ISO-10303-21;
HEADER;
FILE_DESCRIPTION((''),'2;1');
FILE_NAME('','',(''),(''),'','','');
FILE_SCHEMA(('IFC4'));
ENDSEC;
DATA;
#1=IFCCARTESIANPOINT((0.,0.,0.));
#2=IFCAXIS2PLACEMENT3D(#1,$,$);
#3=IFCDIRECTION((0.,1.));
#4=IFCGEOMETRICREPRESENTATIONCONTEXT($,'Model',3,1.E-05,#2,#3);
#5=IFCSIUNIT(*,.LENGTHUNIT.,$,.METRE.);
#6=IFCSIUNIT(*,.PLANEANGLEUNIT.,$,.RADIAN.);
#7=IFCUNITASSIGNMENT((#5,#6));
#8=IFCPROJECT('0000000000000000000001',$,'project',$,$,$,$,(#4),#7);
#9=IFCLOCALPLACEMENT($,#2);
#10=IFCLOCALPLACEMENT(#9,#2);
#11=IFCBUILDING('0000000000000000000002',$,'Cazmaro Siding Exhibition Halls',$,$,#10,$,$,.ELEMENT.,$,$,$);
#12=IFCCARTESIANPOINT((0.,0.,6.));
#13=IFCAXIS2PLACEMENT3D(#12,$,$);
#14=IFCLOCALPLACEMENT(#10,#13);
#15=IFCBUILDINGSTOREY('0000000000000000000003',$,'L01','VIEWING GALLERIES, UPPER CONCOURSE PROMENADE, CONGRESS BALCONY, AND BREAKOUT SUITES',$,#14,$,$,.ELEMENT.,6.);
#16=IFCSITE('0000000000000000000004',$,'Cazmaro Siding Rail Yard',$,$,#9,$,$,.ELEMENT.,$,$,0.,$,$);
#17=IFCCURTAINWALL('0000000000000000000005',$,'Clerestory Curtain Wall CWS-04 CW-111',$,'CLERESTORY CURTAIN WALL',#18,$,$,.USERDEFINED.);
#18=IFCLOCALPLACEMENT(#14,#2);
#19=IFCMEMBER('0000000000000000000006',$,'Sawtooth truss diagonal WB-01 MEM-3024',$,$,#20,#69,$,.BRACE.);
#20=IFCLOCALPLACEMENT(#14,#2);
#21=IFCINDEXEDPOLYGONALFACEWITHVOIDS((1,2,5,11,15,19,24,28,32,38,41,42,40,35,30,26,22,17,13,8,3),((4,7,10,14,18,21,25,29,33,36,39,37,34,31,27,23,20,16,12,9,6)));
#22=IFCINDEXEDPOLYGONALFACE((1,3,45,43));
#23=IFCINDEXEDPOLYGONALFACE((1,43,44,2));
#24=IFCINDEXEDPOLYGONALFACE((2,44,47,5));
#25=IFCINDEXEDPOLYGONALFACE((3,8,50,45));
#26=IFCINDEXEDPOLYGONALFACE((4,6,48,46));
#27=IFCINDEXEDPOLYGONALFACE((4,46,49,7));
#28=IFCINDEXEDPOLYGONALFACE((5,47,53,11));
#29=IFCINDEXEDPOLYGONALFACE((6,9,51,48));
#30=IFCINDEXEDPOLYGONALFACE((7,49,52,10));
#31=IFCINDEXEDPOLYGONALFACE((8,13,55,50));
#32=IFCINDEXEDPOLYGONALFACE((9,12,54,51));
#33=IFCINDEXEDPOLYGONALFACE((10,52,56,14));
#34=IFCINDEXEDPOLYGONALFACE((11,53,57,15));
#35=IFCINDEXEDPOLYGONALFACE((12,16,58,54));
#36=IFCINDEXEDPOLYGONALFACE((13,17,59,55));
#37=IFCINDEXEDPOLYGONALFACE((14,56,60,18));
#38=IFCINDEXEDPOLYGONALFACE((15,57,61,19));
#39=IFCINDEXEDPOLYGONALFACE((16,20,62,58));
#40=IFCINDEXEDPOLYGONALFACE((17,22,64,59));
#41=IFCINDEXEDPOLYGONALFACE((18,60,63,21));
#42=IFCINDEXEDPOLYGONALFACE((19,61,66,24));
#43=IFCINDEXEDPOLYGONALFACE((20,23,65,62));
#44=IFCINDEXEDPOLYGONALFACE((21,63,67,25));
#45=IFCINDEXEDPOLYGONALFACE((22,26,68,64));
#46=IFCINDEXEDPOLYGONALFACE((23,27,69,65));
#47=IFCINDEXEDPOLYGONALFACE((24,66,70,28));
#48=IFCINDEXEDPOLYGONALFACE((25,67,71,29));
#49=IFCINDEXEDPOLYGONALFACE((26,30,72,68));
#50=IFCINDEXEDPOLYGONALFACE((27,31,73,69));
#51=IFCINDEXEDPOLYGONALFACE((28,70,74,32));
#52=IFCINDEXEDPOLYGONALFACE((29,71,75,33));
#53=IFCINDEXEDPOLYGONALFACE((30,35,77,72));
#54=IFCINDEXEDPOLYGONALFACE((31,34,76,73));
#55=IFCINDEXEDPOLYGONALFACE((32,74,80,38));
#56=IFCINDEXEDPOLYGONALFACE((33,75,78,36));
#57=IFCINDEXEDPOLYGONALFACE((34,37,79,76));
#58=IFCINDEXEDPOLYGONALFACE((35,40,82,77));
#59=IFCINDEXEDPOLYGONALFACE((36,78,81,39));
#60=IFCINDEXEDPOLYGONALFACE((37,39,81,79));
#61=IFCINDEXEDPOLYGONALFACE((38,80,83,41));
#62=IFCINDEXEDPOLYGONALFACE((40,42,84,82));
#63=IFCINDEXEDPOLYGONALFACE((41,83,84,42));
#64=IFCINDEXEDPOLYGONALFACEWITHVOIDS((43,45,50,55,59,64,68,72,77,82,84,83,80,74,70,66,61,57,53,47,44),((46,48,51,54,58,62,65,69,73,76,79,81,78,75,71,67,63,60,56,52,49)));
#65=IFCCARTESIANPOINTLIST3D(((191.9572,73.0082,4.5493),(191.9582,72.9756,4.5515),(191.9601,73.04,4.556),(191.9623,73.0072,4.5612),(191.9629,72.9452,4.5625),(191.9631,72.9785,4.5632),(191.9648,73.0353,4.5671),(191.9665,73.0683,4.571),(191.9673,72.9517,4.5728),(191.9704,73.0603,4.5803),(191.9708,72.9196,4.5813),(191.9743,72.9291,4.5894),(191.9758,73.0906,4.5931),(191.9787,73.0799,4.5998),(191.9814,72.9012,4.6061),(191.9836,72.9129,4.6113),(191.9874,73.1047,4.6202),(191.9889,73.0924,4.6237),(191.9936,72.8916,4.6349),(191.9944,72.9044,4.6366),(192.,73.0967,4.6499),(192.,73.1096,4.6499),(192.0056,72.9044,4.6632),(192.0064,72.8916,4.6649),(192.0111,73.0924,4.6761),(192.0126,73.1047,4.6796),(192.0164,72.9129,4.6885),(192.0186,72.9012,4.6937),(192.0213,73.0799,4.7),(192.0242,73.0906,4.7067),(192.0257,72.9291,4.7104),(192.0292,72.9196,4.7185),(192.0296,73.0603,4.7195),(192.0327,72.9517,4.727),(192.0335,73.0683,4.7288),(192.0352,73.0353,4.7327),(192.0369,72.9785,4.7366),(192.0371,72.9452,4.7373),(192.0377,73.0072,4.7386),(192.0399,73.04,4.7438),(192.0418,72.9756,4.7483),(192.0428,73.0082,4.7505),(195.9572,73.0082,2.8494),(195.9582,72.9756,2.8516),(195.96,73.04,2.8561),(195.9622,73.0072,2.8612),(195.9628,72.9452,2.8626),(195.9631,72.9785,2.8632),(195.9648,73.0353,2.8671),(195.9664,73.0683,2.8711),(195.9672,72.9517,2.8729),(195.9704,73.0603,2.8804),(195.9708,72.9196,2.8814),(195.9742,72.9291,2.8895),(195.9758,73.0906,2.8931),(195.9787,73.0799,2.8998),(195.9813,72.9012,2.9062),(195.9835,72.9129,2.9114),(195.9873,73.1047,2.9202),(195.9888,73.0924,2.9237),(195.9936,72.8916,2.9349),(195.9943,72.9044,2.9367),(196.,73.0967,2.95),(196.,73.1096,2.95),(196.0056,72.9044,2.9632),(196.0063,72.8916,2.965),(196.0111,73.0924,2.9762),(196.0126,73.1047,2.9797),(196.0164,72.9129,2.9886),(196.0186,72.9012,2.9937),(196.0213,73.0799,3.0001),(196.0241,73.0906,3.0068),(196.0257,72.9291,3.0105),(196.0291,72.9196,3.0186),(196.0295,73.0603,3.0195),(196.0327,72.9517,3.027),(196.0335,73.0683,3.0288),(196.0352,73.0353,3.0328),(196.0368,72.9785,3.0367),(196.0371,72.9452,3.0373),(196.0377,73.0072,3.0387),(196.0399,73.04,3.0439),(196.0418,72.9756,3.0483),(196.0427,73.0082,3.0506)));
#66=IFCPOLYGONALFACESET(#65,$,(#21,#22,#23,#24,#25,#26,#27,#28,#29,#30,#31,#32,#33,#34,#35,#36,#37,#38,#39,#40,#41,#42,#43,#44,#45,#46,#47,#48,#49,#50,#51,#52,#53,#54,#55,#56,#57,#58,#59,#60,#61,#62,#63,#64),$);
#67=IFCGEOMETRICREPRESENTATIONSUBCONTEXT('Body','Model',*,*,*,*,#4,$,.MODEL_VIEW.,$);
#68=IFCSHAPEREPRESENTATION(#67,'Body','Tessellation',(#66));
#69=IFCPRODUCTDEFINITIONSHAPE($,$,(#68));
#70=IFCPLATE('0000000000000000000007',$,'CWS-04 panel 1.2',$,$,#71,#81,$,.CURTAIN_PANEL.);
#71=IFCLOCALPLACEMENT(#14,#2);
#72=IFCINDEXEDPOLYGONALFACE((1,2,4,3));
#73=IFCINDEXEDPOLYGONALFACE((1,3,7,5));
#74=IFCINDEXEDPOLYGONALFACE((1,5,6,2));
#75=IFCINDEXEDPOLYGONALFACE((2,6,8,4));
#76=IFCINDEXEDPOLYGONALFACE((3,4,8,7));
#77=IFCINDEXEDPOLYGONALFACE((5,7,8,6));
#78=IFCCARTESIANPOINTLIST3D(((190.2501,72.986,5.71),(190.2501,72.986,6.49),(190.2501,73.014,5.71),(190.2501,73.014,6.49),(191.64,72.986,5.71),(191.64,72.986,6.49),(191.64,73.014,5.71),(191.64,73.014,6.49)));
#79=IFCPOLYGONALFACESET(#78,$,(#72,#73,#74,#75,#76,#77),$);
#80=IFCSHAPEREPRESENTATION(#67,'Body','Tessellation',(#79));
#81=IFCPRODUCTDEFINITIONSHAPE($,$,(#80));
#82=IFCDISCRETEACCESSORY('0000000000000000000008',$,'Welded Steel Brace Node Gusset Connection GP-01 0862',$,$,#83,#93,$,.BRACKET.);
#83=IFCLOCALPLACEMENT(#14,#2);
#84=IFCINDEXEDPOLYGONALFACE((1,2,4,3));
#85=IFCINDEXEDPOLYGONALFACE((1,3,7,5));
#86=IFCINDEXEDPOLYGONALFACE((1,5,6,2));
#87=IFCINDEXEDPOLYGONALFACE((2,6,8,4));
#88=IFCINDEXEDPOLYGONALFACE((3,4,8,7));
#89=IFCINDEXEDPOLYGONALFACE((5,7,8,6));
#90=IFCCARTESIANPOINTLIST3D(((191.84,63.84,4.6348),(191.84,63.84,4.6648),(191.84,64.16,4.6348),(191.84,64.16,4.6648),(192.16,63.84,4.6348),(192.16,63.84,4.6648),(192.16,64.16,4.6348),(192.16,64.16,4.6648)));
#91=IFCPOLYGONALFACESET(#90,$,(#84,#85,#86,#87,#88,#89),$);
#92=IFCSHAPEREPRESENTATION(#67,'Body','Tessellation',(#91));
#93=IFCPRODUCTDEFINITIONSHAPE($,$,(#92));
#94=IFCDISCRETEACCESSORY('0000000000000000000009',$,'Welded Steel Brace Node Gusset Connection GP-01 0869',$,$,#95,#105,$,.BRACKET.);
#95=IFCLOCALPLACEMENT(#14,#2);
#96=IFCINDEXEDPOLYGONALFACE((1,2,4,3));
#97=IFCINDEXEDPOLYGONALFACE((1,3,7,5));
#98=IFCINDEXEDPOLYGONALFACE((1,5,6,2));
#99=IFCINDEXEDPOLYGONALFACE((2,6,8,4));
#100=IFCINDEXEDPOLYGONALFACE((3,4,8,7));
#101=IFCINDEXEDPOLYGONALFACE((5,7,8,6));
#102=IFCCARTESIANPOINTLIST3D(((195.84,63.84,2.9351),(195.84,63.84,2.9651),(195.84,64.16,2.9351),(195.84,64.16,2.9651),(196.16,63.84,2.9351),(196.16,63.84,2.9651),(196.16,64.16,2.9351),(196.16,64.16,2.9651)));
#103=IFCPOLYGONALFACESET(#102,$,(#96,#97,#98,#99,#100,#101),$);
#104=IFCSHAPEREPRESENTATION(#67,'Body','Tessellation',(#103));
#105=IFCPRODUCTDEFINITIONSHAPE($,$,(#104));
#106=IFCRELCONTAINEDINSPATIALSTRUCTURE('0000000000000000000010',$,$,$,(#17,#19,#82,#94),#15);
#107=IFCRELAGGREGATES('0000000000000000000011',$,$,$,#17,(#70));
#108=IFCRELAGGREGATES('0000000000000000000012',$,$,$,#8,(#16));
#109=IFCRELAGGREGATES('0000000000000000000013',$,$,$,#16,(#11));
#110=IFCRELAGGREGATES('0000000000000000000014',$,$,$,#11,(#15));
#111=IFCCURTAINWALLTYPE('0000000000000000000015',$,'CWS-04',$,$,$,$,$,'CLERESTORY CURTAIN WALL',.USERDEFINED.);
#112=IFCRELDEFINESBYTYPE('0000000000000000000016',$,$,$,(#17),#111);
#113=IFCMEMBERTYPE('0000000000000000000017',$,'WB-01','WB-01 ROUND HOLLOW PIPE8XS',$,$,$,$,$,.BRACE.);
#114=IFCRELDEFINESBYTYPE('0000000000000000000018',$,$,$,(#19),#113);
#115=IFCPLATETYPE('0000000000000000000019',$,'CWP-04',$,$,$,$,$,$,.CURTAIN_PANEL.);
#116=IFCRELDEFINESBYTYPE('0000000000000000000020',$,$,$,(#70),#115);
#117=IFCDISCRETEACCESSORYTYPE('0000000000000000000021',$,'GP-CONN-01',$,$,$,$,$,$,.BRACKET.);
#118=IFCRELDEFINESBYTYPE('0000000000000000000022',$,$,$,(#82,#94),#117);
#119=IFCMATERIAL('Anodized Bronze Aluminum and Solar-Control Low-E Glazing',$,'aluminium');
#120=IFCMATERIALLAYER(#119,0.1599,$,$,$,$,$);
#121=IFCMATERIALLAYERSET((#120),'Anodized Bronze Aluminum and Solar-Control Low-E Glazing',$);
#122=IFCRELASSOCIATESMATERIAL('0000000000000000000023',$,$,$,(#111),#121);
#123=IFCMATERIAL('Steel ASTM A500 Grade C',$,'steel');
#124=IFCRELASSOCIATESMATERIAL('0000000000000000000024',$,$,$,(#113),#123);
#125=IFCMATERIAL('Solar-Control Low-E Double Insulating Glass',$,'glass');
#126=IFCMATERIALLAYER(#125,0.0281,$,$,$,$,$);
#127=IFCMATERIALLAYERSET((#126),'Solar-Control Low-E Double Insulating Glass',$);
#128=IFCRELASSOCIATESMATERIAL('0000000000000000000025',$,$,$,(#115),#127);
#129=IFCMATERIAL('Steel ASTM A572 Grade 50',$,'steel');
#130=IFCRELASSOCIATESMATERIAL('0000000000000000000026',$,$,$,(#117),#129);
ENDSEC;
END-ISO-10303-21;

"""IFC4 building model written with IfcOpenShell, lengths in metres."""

from ifc_helpers import new_model, si_unit, direction, frame, origin, origin_2d, place, context, subcontext, project, spatial, rectangle, hollow_circle, extrude, material, layer, layer_set, material_profile, profile_set, type_object, element, aggregate, save


model = new_model("IFC4")

# Units and contexts
model_context = context("Model", 3, precision=1e-05, world=origin(), true_north=direction((0.0, 1.0)))
body_context = subcontext(model_context, "Body", "Model", "MODEL_VIEW")
ifc_project = project(units=[si_unit("LENGTHUNIT", "METRE"), si_unit("PLANEANGLEUNIT", "RADIAN")], contexts=[model_context])

# Site, building, storey
site_placement = place(None, origin())
site = spatial("IfcSite", under=ifc_project, at=site_placement, Name="Cazmaro Siding Rail Yard", CompositionType="ELEMENT", RefElevation=0.0)
building_placement = place(site_placement, origin())
building = spatial("IfcBuilding", under=site, at=building_placement, Name="Cazmaro Siding Exhibition Halls", CompositionType="ELEMENT")
storey_placement = place(building_placement, frame((0.0, 0.0, 6.0)))
storey = spatial("IfcBuildingStorey", under=building, at=storey_placement, Name="L01", Description="VIEWING GALLERIES, UPPER CONCOURSE PROMENADE, CONGRESS BALCONY, AND BREAKOUT SUITES", CompositionType="ELEMENT", Elevation=6.0)

# Curtain wall
ifc_material_1 = material(Name="Anodized Bronze Aluminum and Solar-Control Low-E Glazing", Category="aluminium")
ifc_layer_1 = layer(ifc_material_1, 0.1599)
ifc_layer_set_1 = layer_set([ifc_layer_1], Name="Anodized Bronze Aluminum and Solar-Control Low-E Glazing")
curtain_wall_type = type_object("IfcCurtainWallType", Name="CWS-04", ElementType="CLERESTORY CURTAIN WALL", PredefinedType="USERDEFINED", material=ifc_layer_set_1)
curtain_wall_placement = place(storey_placement, origin())
curtain_wall = element("IfcCurtainWall", 1, at=curtain_wall_placement, inside=storey, type_object=curtain_wall_type, Name="Clerestory Curtain Wall CWS-04 CW-111", ObjectType="CLERESTORY CURTAIN WALL", PredefinedType="USERDEFINED")

# Member
ifc_material_2 = material(Name="Steel ASTM A500 Grade C", Category="steel")
ifc_material_profile_1 = material_profile(ifc_material_2, hollow_circle(Radius=0.1096, WallThickness=0.0129, at=origin_2d()), Name="PIPE8XS")
ifc_profile_set_1 = profile_set([ifc_material_profile_1], Name="Steel ASTM A500 Grade C")
member_type_1 = type_object("IfcMemberType", Name="WB-01", Description="WB-01 ROUND HOLLOW PIPE8XS", PredefinedType="BRACE", material=ifc_profile_set_1)
for number, where, z_axis, x_axis, name in (
    (2, (192.0, 73.0, 4.6499), (0.920335, 0.0, -0.391131), (0.0, 1.0, 0.0), "Sawtooth truss diagonal WB-01 MEM-3024"),
):
    element("IfcMember", number, at=place(storey_placement, frame(where, z_axis=z_axis, x_axis=x_axis)), inside=storey, type_object=member_type_1, Name=name, PredefinedType="BRACE", context=body_context, shape_type="SweptSolid", body=[
        extrude(hollow_circle(Radius=0.1096, WallThickness=0.0129, at=origin_2d()), origin(), (0.0, 0.0, 1.0), 4.3462),
    ])

# Plate
ifc_material_3 = material(Name="Solar-Control Low-E Double Insulating Glass", Category="glass")
ifc_layer_2 = layer(ifc_material_3, 0.0281)
ifc_layer_set_2 = layer_set([ifc_layer_2], Name="Solar-Control Low-E Double Insulating Glass")
plate_type = type_object("IfcPlateType", Name="CWP-04", PredefinedType="CURTAIN_PANEL", material=ifc_layer_set_2)
plate_placement = place(storey_placement, frame((190.9451, 73.0, 5.71), z_axis=(0.0, 0.0, 1.0), x_axis=(-1.0, 0.0, 0.0)))
plate = element("IfcPlate", 3, at=plate_placement, type_object=plate_type, Name="CWS-04 panel 1.2", PredefinedType="CURTAIN_PANEL", context=body_context, shape_type="SweptSolid", body=[
    extrude(rectangle(XDim=1.3899, YDim=0.0281, at=origin_2d()), origin(), (0.0, 0.0, 1.0), 0.78),
])
aggregate(curtain_wall, [plate])

# Discrete accessories
ifc_material_4 = material(Name="Steel ASTM A572 Grade 50", Category="steel")
discrete_accessory_type = type_object("IfcDiscreteAccessoryType", Name="GP-CONN-01", PredefinedType="BRACKET", material=ifc_material_4)
for number, where, z_axis, x_axis, name in (
    (4, (192.0, 64.0, 4.6348), (0.0, 0.0, 1.0), (1.0, 0.0, 0.0), "Welded Steel Brace Node Gusset Connection GP-01 0862"),
    (5, (196.0, 64.0, 2.9351), (0.0, 0.0, 1.0), (1.0, 0.0, 0.0), "Welded Steel Brace Node Gusset Connection GP-01 0869"),
):
    element("IfcDiscreteAccessory", number, at=place(storey_placement, frame(where, z_axis=z_axis, x_axis=x_axis)), inside=storey, type_object=discrete_accessory_type, Name=name, PredefinedType="BRACKET", context=body_context, shape_type="SweptSolid", body=[
        extrude(rectangle(XDim=0.3201, YDim=0.3201, at=origin_2d()), origin(), (0.0, 0.0, 1.0), 0.03),
    ])

save(model, "model.ifc")
